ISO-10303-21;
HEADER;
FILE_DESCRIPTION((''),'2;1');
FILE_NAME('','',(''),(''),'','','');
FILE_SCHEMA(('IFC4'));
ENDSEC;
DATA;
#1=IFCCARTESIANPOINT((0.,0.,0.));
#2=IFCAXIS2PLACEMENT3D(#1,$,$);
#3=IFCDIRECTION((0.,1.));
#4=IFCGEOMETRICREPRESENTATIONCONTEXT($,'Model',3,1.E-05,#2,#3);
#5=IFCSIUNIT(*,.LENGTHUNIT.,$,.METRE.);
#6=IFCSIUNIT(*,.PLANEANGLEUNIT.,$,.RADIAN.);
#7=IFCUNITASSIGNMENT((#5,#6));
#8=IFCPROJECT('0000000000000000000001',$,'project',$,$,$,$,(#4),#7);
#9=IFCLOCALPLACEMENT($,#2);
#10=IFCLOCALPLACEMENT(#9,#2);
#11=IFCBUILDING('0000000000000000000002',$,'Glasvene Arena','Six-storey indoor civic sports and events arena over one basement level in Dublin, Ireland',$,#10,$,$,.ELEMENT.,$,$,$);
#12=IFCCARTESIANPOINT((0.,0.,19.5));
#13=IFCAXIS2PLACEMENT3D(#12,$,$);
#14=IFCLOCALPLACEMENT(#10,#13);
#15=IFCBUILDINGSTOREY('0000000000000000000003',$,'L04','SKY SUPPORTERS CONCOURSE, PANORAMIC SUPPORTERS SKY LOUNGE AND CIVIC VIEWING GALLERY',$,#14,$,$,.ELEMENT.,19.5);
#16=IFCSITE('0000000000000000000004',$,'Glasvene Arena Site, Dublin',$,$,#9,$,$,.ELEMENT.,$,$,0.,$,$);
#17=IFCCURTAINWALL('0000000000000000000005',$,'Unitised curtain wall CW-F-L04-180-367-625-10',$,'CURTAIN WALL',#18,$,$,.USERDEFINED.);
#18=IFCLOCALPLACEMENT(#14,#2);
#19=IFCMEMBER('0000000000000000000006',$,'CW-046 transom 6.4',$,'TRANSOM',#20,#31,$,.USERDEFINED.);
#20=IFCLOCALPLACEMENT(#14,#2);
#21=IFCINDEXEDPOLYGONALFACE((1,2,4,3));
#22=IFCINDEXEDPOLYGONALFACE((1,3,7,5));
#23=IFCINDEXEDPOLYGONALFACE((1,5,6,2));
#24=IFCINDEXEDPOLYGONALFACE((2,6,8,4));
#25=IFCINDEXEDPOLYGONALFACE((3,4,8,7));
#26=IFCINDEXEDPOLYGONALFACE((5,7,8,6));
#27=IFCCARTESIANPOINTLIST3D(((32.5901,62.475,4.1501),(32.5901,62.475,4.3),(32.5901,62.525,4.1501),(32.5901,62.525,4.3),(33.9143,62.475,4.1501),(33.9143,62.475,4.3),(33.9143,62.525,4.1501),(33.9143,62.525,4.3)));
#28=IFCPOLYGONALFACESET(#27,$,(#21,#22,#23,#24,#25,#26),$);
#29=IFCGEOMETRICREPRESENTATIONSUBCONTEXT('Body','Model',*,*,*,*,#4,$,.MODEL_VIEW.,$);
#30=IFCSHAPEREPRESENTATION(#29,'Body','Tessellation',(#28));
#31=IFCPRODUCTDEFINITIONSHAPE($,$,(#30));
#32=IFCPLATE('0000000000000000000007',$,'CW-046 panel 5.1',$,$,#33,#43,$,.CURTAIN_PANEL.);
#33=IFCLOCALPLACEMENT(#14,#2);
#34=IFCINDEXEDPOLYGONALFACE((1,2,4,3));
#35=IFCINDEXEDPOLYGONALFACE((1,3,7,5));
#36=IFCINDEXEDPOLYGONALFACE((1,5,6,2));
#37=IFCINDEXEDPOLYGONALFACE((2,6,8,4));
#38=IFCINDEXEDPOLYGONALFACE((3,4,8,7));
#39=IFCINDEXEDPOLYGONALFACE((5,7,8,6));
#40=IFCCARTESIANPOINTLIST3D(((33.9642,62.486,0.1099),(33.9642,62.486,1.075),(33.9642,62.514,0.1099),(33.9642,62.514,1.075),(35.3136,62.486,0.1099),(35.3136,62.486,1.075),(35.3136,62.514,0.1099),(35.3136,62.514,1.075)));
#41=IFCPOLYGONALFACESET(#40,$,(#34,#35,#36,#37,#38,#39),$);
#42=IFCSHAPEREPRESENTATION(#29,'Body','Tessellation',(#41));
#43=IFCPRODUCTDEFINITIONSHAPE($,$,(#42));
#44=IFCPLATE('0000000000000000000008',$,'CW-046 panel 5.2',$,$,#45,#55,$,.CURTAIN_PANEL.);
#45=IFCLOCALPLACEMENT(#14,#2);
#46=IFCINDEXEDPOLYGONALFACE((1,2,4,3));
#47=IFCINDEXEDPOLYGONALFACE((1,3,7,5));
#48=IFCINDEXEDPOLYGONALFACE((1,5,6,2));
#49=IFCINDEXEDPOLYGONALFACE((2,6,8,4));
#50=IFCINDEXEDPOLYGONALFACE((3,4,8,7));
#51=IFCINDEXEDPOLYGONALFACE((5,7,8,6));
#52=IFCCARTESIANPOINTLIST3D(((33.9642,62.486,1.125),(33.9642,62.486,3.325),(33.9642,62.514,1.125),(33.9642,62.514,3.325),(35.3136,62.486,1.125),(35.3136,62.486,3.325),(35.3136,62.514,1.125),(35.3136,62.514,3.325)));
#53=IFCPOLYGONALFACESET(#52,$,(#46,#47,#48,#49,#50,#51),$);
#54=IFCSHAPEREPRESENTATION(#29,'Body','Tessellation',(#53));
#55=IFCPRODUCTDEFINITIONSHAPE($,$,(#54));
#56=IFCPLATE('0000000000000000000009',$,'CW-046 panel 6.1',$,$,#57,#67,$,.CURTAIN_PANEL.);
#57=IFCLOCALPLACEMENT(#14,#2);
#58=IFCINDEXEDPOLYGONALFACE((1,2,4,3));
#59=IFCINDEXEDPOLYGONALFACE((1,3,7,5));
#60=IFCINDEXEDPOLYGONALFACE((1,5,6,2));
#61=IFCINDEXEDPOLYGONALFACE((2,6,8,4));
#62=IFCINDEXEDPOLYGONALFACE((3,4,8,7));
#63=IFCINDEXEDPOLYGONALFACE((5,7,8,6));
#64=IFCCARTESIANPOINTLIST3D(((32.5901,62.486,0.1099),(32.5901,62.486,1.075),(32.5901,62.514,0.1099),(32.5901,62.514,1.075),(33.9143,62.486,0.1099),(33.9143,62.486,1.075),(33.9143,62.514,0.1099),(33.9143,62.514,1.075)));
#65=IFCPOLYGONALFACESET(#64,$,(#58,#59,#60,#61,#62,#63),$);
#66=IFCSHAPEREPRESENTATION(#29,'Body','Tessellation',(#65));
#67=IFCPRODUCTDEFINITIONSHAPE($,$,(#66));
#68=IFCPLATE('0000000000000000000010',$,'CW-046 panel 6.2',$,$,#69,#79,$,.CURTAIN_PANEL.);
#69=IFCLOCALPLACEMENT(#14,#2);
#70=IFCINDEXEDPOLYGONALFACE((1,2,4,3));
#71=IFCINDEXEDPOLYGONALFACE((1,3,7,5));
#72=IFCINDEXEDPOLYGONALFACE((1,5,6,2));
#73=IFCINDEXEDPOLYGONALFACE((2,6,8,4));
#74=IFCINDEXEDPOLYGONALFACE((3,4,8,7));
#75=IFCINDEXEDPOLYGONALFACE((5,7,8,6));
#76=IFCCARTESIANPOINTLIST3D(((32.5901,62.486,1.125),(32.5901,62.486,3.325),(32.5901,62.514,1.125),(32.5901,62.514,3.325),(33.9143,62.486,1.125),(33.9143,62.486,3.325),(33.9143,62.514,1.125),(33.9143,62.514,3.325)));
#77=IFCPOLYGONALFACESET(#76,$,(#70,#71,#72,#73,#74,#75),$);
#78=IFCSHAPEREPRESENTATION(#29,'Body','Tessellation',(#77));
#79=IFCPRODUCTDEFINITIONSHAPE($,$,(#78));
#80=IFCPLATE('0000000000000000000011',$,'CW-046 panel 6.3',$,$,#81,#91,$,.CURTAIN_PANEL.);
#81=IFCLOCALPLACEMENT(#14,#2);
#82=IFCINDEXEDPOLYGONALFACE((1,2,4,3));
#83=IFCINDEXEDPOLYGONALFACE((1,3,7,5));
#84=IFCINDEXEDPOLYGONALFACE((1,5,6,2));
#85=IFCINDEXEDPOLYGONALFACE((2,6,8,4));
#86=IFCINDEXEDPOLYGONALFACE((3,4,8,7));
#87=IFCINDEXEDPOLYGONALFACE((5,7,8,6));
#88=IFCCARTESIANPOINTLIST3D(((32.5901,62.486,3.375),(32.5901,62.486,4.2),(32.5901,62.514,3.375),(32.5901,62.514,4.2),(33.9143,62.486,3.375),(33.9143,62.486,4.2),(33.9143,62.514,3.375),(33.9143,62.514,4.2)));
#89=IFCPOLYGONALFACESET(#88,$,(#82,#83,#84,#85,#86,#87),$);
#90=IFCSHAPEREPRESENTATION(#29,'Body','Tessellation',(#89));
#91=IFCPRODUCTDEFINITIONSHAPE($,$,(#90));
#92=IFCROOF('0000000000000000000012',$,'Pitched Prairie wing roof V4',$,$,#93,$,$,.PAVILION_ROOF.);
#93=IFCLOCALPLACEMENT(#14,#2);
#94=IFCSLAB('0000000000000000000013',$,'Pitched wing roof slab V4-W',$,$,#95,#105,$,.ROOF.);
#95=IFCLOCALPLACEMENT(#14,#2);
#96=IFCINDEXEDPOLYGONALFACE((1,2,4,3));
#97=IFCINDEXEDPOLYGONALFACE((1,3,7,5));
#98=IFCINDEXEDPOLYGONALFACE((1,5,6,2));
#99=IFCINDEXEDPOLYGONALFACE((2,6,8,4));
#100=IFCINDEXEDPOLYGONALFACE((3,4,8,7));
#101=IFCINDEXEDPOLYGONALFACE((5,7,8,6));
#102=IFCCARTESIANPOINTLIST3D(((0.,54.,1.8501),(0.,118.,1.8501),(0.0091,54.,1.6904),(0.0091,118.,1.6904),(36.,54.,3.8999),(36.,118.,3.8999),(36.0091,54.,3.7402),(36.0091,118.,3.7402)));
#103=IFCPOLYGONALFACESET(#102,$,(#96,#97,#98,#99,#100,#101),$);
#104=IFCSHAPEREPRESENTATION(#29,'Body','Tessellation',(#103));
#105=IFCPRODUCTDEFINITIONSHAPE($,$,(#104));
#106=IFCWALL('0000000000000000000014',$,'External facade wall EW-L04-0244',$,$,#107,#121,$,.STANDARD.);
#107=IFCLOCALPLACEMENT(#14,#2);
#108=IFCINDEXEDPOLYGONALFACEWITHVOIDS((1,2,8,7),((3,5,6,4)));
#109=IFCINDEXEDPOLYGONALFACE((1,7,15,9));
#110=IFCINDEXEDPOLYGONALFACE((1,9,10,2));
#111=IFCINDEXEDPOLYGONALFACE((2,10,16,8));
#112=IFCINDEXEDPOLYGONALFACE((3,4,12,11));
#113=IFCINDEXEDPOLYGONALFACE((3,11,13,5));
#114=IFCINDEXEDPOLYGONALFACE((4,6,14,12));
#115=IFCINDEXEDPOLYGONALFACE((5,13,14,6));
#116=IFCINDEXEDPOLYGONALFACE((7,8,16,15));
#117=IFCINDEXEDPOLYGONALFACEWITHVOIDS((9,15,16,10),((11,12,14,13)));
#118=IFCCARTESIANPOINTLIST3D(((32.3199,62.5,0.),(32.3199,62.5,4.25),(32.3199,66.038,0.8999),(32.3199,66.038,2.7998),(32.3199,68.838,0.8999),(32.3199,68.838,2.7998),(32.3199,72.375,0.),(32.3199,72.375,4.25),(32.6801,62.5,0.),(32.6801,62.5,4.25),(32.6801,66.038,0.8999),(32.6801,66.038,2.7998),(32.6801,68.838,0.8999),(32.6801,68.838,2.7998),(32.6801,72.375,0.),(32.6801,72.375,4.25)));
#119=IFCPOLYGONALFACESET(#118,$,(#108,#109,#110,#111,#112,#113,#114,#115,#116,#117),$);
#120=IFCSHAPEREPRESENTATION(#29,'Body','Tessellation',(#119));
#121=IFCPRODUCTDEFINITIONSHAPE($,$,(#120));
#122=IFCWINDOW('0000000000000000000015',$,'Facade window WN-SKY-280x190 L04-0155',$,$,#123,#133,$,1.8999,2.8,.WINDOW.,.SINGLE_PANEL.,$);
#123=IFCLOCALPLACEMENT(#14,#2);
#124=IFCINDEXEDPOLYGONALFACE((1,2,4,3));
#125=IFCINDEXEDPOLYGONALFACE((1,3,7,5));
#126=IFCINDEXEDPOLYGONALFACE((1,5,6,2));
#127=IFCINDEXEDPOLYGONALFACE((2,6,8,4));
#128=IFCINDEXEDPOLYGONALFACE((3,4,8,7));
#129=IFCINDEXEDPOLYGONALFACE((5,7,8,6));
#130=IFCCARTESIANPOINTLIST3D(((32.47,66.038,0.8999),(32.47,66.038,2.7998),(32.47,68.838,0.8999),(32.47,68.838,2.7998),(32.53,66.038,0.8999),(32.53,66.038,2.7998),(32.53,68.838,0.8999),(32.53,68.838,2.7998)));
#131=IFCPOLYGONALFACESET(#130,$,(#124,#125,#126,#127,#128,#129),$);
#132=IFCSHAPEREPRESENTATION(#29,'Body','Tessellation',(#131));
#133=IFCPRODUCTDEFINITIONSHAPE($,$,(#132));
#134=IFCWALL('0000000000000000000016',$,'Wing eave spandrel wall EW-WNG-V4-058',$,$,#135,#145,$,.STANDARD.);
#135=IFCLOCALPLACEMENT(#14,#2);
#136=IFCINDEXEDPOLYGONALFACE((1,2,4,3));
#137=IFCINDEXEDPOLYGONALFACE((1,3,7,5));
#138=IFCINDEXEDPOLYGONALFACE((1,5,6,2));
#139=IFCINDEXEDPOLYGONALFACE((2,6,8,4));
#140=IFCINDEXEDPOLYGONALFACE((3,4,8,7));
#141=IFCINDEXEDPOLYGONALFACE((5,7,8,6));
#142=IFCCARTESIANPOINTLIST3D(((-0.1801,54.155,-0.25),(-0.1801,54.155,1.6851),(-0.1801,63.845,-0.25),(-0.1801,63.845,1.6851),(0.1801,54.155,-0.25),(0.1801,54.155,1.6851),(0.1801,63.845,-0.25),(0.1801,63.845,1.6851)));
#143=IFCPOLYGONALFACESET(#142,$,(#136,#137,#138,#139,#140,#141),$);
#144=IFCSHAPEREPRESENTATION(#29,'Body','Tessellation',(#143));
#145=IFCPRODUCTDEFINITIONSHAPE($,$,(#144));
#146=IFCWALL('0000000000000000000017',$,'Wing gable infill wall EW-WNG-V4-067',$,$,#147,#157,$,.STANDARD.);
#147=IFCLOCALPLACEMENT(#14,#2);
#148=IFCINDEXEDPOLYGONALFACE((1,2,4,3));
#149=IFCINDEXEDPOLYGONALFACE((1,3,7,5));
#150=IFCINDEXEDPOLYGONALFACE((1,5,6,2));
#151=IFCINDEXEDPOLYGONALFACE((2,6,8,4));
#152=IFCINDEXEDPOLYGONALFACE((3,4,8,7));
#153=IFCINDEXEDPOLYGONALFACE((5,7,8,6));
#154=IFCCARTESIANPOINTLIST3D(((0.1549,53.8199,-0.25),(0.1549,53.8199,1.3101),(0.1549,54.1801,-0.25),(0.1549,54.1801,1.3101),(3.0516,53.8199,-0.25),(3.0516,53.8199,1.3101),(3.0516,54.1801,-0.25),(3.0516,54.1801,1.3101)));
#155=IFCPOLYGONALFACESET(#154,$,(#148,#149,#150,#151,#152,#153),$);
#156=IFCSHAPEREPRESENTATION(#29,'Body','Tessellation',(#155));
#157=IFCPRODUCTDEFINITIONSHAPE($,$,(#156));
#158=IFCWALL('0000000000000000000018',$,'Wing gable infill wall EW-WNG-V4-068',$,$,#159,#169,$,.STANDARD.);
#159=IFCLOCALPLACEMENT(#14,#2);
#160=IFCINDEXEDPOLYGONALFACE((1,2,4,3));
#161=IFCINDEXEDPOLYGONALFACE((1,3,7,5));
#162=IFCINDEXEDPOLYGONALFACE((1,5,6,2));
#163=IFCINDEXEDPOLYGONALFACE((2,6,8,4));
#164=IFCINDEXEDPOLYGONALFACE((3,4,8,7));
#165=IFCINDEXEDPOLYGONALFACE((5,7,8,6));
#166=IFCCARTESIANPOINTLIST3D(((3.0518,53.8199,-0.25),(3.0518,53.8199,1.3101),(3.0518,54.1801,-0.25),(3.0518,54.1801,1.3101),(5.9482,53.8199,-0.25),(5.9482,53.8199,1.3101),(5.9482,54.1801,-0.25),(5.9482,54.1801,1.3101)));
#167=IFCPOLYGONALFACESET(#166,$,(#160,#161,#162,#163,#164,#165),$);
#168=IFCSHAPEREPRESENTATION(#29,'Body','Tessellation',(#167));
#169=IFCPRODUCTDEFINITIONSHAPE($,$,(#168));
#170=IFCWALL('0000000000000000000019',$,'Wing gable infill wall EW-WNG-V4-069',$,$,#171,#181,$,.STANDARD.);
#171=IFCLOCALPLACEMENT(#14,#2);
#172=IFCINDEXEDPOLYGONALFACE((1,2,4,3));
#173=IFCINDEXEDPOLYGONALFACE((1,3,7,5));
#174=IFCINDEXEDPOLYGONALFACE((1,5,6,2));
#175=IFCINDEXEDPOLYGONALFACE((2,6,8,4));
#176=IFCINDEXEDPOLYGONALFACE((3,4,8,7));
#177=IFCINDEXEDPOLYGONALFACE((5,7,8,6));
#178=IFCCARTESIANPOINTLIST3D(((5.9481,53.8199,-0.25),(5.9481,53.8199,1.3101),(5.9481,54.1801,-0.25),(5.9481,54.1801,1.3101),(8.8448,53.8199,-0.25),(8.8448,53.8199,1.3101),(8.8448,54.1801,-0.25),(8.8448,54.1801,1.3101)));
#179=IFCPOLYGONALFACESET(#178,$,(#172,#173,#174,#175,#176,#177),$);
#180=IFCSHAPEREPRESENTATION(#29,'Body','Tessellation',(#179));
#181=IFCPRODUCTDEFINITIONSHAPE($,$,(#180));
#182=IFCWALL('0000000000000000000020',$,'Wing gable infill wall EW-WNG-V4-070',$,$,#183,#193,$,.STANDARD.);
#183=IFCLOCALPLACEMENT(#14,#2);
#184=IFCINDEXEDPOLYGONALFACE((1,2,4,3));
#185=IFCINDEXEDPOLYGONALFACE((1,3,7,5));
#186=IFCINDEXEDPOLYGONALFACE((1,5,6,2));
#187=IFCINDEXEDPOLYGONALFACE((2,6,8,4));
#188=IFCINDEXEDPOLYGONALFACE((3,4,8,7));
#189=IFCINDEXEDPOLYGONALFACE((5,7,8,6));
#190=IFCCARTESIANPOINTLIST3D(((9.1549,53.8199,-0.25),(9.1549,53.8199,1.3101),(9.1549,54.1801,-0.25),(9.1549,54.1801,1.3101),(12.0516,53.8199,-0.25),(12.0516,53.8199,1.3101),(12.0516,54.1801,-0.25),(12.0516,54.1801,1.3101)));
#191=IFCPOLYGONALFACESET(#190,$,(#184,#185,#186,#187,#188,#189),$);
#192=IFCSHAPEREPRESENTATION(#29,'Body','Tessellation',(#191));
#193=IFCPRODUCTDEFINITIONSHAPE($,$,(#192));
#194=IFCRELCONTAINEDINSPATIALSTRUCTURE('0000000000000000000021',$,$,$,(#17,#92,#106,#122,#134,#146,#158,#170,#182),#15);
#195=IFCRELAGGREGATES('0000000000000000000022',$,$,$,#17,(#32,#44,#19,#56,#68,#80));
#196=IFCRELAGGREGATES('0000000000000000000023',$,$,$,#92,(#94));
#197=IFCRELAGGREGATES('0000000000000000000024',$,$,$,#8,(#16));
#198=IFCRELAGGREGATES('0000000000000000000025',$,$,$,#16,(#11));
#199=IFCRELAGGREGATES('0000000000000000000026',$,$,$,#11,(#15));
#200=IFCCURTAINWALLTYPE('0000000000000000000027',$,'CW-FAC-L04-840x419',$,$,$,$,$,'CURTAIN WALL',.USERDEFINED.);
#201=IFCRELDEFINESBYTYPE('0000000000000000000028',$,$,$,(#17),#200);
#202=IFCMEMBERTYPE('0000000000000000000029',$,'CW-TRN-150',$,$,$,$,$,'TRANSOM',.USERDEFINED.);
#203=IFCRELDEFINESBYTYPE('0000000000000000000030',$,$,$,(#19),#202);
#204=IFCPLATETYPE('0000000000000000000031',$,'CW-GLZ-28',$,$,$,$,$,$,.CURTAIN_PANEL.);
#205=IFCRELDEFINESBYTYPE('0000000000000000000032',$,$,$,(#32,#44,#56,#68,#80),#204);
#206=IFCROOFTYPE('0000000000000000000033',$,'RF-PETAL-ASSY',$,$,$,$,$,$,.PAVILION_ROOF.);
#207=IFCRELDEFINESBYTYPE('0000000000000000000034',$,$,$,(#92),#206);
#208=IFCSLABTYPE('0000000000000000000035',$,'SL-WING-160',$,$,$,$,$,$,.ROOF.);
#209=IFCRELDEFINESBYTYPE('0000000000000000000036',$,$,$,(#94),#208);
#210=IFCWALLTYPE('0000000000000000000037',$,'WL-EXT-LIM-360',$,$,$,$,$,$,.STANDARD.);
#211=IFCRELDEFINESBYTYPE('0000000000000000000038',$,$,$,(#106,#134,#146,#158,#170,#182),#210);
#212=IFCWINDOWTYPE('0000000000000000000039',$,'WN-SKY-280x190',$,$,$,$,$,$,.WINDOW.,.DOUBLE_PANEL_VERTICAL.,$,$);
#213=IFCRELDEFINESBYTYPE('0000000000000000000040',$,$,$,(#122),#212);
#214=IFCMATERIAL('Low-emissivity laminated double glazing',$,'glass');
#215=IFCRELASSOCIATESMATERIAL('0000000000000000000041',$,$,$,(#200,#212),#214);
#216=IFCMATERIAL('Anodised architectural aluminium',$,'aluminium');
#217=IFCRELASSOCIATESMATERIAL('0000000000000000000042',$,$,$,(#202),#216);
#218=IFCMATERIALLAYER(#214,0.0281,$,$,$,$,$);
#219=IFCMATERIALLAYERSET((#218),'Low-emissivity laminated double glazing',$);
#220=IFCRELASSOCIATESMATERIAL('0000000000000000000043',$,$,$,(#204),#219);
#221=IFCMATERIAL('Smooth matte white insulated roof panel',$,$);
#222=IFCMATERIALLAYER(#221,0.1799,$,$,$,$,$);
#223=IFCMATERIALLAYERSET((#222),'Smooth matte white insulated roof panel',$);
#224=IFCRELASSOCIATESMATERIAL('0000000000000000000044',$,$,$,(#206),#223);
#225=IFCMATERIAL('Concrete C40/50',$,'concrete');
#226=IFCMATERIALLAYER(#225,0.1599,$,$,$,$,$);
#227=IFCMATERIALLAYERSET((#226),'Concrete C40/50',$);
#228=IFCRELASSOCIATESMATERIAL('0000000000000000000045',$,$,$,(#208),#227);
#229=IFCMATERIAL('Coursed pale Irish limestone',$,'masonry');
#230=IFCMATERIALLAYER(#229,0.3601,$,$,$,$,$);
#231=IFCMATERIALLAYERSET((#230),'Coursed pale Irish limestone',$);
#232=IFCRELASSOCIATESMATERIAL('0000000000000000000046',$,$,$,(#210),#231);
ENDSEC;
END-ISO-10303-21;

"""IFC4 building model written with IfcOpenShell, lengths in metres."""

from ifc_helpers import new_model, si_unit, direction, frame, frame_2d, origin, origin_2d, place, context, subcontext, project, spatial, polyline, rectangle, outline, extrude, material, layer, layer_set, material_profile, profile_set, type_object, element, fill, aggregate, save


model = new_model("IFC4")

# Units and contexts
model_context = context("Model", 3, precision=1e-05, world=origin(), true_north=direction((0.0, 1.0)))
body_context = subcontext(model_context, "Body", "Model", "MODEL_VIEW")
ifc_project = project(units=[si_unit("LENGTHUNIT", "METRE"), si_unit("PLANEANGLEUNIT", "RADIAN")], contexts=[model_context])

# Site, building, storey
site_placement = place(None, origin())
site = spatial("IfcSite", under=ifc_project, at=site_placement, Name="Glasvene Arena Site, Dublin", CompositionType="ELEMENT", RefElevation=0.0)
building_placement = place(site_placement, origin())
building = spatial("IfcBuilding", under=site, at=building_placement, Name="Glasvene Arena", Description="Six-storey indoor civic sports and events arena over one basement level in Dublin, Ireland", CompositionType="ELEMENT")
storey_placement = place(building_placement, frame((0.0, 0.0, 19.5)))
storey = spatial("IfcBuildingStorey", under=building, at=storey_placement, Name="L04", Description="SKY SUPPORTERS CONCOURSE, PANORAMIC SUPPORTERS SKY LOUNGE AND CIVIC VIEWING GALLERY", CompositionType="ELEMENT", Elevation=19.5)

# Curtain wall, member, plates
ifc_material_1 = material(Name="Low-emissivity laminated double glazing", Category="glass")
curtain_wall_type = type_object("IfcCurtainWallType", Name="CW-FAC-L04-840x419", ElementType="CURTAIN WALL", PredefinedType="USERDEFINED", material=ifc_material_1)
curtain_wall_placement = place(storey_placement, frame((40.936, 62.5, 0.0)))
curtain_wall = element("IfcCurtainWall", 1, at=curtain_wall_placement, inside=storey, type_object=curtain_wall_type, Name="Unitised curtain wall CW-F-L04-180-367-625-10", ObjectType="CURTAIN WALL", PredefinedType="USERDEFINED")
ifc_material_2 = material(Name="Anodised architectural aluminium", Category="aluminium")
ifc_material_profile_1 = material_profile(ifc_material_2, rectangle(XDim=0.05, YDim=0.1499, at=origin_2d()), Name="ALU TRANSOM 50x150")
ifc_profile_set_1 = profile_set([ifc_material_profile_1], Name="Anodised architectural aluminium")
member_type_1 = type_object("IfcMemberType", Name="CW-TRN-150", ElementType="TRANSOM", PredefinedType="USERDEFINED", material=ifc_profile_set_1)
member_1_placement = place(storey_placement, frame((33.9143, 62.5, 4.2251), z_axis=(-1.0, 0.0, 0.0), x_axis=(0.0, -1.0, 0.0)))
member_1 = element("IfcMember", 2, at=member_1_placement, type_object=member_type_1, Name="CW-046 transom 6.4", ObjectType="TRANSOM", PredefinedType="USERDEFINED", context=body_context, shape_type="SweptSolid", body=[
    extrude(rectangle(XDim=0.05, YDim=0.1499, at=origin_2d()), origin(), (0.0, 0.0, 1.0), 1.3242),
])
ifc_layer_1 = layer(ifc_material_1, 0.0281)
ifc_layer_set_1 = layer_set([ifc_layer_1], Name="Low-emissivity laminated double glazing")
plate_type = type_object("IfcPlateType", Name="CW-GLZ-28", PredefinedType="CURTAIN_PANEL", material=ifc_layer_set_1)
plate_1_placement = place(storey_placement, frame((34.6389, 62.5, 0.1099), z_axis=(0.0, 0.0, 1.0), x_axis=(-1.0, 0.0, 0.0)))
plate_1 = element("IfcPlate", 3, at=plate_1_placement, type_object=plate_type, Name="CW-046 panel 5.1", PredefinedType="CURTAIN_PANEL", context=body_context, shape_type="SweptSolid", body=[
    extrude(rectangle(XDim=1.3494, YDim=0.0281, at=origin_2d()), origin(), (0.0, 0.0, 1.0), 0.9651),
])
plate_2_placement = place(storey_placement, frame((34.6389, 62.5, 1.125), z_axis=(0.0, 0.0, 1.0), x_axis=(-1.0, 0.0, 0.0)))
plate_2 = element("IfcPlate", 4, at=plate_2_placement, type_object=plate_type, Name="CW-046 panel 5.2", PredefinedType="CURTAIN_PANEL", context=body_context, shape_type="SweptSolid", body=[
    extrude(rectangle(XDim=1.3494, YDim=0.0281, at=origin_2d()), origin(), (0.0, 0.0, 1.0), 2.2),
])
plate_3_placement = place(storey_placement, frame((33.2522, 62.5, 0.1099), z_axis=(0.0, 0.0, 1.0), x_axis=(-1.0, 0.0, 0.0)))
plate_3 = element("IfcPlate", 5, at=plate_3_placement, type_object=plate_type, Name="CW-046 panel 6.1", PredefinedType="CURTAIN_PANEL", context=body_context, shape_type="SweptSolid", body=[
    extrude(rectangle(XDim=1.3242, YDim=0.0281, at=origin_2d()), origin(), (0.0, 0.0, 1.0), 0.9651),
])
plate_4_placement = place(storey_placement, frame((33.2522, 62.5, 1.125), z_axis=(0.0, 0.0, 1.0), x_axis=(-1.0, 0.0, 0.0)))
plate_4 = element("IfcPlate", 6, at=plate_4_placement, type_object=plate_type, Name="CW-046 panel 6.2", PredefinedType="CURTAIN_PANEL", context=body_context, shape_type="SweptSolid", body=[
    extrude(rectangle(XDim=1.3242, YDim=0.0281, at=origin_2d()), origin(), (0.0, 0.0, 1.0), 2.2),
])
plate_5_placement = place(storey_placement, frame((33.2522, 62.5, 3.375), z_axis=(0.0, 0.0, 1.0), x_axis=(-1.0, 0.0, 0.0)))
plate_5 = element("IfcPlate", 7, at=plate_5_placement, type_object=plate_type, Name="CW-046 panel 6.3", PredefinedType="CURTAIN_PANEL", context=body_context, shape_type="SweptSolid", body=[
    extrude(rectangle(XDim=1.3242, YDim=0.0281, at=origin_2d()), origin(), (0.0, 0.0, 1.0), 0.825),
])
aggregate(curtain_wall, [plate_1, plate_2, member_1, plate_3, plate_4, plate_5])

# Roof, slab
ifc_material_3 = material(Name="Smooth matte white insulated roof panel")
ifc_layer_2 = layer(ifc_material_3, 0.1799)
ifc_layer_set_2 = layer_set([ifc_layer_2], Name="Smooth matte white insulated roof panel")
roof_type = type_object("IfcRoofType", Name="RF-PETAL-ASSY", PredefinedType="PAVILION_ROOF", material=ifc_layer_set_2)
roof_placement = place(storey_placement, frame((22.5, 86.0, 1.8501)))
roof = element("IfcRoof", 8, at=roof_placement, inside=storey, type_object=roof_type, Name="Pitched Prairie wing roof V4", PredefinedType="PAVILION_ROOF")
ifc_material_4 = material(Name="Concrete C40/50", Category="concrete")
ifc_layer_3 = layer(ifc_material_4, 0.1599)
ifc_layer_set_3 = layer_set([ifc_layer_3], Name="Concrete C40/50")
slab_type = type_object("IfcSlabType", Name="SL-WING-160", PredefinedType="ROOF", material=ifc_layer_set_3)
slab_placement = place(storey_placement, frame((0.0, 54.0, 1.8501), z_axis=(-0.056847, 0.0, 0.998383), x_axis=(0.998383, 0.0, 0.056847)))
slab = element("IfcSlab", 9, at=slab_placement, type_object=slab_type, Name="Pitched wing roof slab V4-W", PredefinedType="ROOF", context=body_context, shape_type="SweptSolid", body=[
    extrude(outline(polyline([(0.0, 0.0), (36.0583, 0.0), (36.0583, 64.0), (0.0, 64.0), (0.0, 0.0)])), origin(), (0.0, 0.0, -1.0), 0.1599),
])
aggregate(roof, [slab])

# Wall, opening, window
ifc_material_5 = material(Name="Coursed pale Irish limestone", Category="masonry")
ifc_layer_4 = layer(ifc_material_5, 0.3601)
ifc_layer_set_4 = layer_set([ifc_layer_4], Name="Coursed pale Irish limestone")
wall_type = type_object("IfcWallType", Name="WL-EXT-LIM-360", PredefinedType="STANDARD", material=ifc_layer_set_4)
wall_1_placement = place(storey_placement, frame((32.5, 62.5, 0.0), z_axis=(0.0, 0.0, 1.0), x_axis=(0.0, 1.0, 0.0)))
wall_1 = element("IfcWall", 10, at=wall_1_placement, inside=storey, type_object=wall_type, Name="External facade wall EW-L04-0244", PredefinedType="STANDARD", context=body_context, shape_type="SweptSolid", body=[
    extrude(rectangle(XDim=9.875, YDim=0.3601, at=frame_2d((4.9375, 0.0))), origin(), (0.0, 0.0, 1.0), 4.25),
])
opening_placement = place(wall_1_placement, frame((3.5381, 0.0, 0.8999)))
opening = element("IfcOpeningElement", 11, at=opening_placement, cuts=wall_1, PredefinedType="OPENING", context=body_context, shape_type="SweptSolid", body=[
    extrude(rectangle(XDim=2.8, YDim=1.8999, at=frame_2d((1.3999, 0.95))), frame((0.0, 0.1899, 0.0), z_axis=(0.0, -1.0, 0.0), x_axis=(1.0, 0.0, 0.0)), (0.0, 0.0, 1.0), 0.3801),
])
window_type = type_object("IfcWindowType", Name="WN-SKY-280x190", PartitioningType="DOUBLE_PANEL_VERTICAL", PredefinedType="WINDOW", material=ifc_material_1)
window_placement = place(opening_placement, origin())
window = element("IfcWindow", 12, at=window_placement, inside=storey, type_object=window_type, Name="Facade window WN-SKY-280x190 L04-0155", OverallHeight=1.8999, OverallWidth=2.8, PartitioningType="SINGLE_PANEL", PredefinedType="WINDOW", context=body_context, shape_type="SweptSolid", body=[
    extrude(rectangle(XDim=2.8, YDim=1.8999, at=frame_2d((1.3999, 0.95))), frame((0.0, 0.03, 0.0), z_axis=(0.0, -1.0, 0.0), x_axis=(1.0, 0.0, 0.0)), (0.0, 0.0, 1.0), 0.0601),
])
fill(opening, window)

# Walls
wall_2_placement = place(storey_placement, frame((0.0, 54.155, -0.25), z_axis=(0.0, 0.0, 1.0), x_axis=(0.0, 1.0, 0.0)))
element("IfcWall", 13, at=wall_2_placement, inside=storey, type_object=wall_type, Name="Wing eave spandrel wall EW-WNG-V4-058", PredefinedType="STANDARD", context=body_context, shape_type="SweptSolid", body=[
    extrude(rectangle(XDim=9.6899, YDim=0.3601, at=frame_2d((4.845, 0.0))), origin(), (0.0, 0.0, 1.0), 1.9351),
])
wall_3_placement = place(storey_placement, frame((0.155, 54.0, -0.25), z_axis=(0.0, 0.0, 1.0), x_axis=(1.0, 0.0, 0.0)))
element("IfcWall", 14, at=wall_3_placement, inside=storey, type_object=wall_type, Name="Wing gable infill wall EW-WNG-V4-067", PredefinedType="STANDARD", context=body_context, shape_type="SweptSolid", body=[
    extrude(rectangle(XDim=2.8967, YDim=0.3601, at=frame_2d((1.4482, 0.0))), origin(), (0.0, 0.0, 1.0), 1.5601),
])
wall_4_placement = place(storey_placement, frame((3.0518, 54.0, -0.25), z_axis=(0.0, 0.0, 1.0), x_axis=(1.0, 0.0, 0.0)))
element("IfcWall", 15, at=wall_4_placement, inside=storey, type_object=wall_type, Name="Wing gable infill wall EW-WNG-V4-068", PredefinedType="STANDARD", context=body_context, shape_type="SweptSolid", body=[
    extrude(rectangle(XDim=2.8965, YDim=0.3601, at=frame_2d((1.4482, 0.0))), origin(), (0.0, 0.0, 1.0), 1.5601),
])
for number, where, z_axis, x_axis, name in (
    (16, (5.9482, 54.0, -0.25), (0.0, 0.0, 1.0), (1.0, 0.0, 0.0), "Wing gable infill wall EW-WNG-V4-069"),
    (17, (9.155, 54.0, -0.25), (0.0, 0.0, 1.0), (1.0, 0.0, 0.0), "Wing gable infill wall EW-WNG-V4-070"),
):
    element("IfcWall", number, at=place(storey_placement, frame(where, z_axis=z_axis, x_axis=x_axis)), inside=storey, type_object=wall_type, Name=name, PredefinedType="STANDARD", context=body_context, shape_type="SweptSolid", body=[
        extrude(rectangle(XDim=2.8967, YDim=0.3601, at=frame_2d((1.4482, 0.0))), origin(), (0.0, 0.0, 1.0), 1.5601),
    ])

save(model, "model.ifc")
